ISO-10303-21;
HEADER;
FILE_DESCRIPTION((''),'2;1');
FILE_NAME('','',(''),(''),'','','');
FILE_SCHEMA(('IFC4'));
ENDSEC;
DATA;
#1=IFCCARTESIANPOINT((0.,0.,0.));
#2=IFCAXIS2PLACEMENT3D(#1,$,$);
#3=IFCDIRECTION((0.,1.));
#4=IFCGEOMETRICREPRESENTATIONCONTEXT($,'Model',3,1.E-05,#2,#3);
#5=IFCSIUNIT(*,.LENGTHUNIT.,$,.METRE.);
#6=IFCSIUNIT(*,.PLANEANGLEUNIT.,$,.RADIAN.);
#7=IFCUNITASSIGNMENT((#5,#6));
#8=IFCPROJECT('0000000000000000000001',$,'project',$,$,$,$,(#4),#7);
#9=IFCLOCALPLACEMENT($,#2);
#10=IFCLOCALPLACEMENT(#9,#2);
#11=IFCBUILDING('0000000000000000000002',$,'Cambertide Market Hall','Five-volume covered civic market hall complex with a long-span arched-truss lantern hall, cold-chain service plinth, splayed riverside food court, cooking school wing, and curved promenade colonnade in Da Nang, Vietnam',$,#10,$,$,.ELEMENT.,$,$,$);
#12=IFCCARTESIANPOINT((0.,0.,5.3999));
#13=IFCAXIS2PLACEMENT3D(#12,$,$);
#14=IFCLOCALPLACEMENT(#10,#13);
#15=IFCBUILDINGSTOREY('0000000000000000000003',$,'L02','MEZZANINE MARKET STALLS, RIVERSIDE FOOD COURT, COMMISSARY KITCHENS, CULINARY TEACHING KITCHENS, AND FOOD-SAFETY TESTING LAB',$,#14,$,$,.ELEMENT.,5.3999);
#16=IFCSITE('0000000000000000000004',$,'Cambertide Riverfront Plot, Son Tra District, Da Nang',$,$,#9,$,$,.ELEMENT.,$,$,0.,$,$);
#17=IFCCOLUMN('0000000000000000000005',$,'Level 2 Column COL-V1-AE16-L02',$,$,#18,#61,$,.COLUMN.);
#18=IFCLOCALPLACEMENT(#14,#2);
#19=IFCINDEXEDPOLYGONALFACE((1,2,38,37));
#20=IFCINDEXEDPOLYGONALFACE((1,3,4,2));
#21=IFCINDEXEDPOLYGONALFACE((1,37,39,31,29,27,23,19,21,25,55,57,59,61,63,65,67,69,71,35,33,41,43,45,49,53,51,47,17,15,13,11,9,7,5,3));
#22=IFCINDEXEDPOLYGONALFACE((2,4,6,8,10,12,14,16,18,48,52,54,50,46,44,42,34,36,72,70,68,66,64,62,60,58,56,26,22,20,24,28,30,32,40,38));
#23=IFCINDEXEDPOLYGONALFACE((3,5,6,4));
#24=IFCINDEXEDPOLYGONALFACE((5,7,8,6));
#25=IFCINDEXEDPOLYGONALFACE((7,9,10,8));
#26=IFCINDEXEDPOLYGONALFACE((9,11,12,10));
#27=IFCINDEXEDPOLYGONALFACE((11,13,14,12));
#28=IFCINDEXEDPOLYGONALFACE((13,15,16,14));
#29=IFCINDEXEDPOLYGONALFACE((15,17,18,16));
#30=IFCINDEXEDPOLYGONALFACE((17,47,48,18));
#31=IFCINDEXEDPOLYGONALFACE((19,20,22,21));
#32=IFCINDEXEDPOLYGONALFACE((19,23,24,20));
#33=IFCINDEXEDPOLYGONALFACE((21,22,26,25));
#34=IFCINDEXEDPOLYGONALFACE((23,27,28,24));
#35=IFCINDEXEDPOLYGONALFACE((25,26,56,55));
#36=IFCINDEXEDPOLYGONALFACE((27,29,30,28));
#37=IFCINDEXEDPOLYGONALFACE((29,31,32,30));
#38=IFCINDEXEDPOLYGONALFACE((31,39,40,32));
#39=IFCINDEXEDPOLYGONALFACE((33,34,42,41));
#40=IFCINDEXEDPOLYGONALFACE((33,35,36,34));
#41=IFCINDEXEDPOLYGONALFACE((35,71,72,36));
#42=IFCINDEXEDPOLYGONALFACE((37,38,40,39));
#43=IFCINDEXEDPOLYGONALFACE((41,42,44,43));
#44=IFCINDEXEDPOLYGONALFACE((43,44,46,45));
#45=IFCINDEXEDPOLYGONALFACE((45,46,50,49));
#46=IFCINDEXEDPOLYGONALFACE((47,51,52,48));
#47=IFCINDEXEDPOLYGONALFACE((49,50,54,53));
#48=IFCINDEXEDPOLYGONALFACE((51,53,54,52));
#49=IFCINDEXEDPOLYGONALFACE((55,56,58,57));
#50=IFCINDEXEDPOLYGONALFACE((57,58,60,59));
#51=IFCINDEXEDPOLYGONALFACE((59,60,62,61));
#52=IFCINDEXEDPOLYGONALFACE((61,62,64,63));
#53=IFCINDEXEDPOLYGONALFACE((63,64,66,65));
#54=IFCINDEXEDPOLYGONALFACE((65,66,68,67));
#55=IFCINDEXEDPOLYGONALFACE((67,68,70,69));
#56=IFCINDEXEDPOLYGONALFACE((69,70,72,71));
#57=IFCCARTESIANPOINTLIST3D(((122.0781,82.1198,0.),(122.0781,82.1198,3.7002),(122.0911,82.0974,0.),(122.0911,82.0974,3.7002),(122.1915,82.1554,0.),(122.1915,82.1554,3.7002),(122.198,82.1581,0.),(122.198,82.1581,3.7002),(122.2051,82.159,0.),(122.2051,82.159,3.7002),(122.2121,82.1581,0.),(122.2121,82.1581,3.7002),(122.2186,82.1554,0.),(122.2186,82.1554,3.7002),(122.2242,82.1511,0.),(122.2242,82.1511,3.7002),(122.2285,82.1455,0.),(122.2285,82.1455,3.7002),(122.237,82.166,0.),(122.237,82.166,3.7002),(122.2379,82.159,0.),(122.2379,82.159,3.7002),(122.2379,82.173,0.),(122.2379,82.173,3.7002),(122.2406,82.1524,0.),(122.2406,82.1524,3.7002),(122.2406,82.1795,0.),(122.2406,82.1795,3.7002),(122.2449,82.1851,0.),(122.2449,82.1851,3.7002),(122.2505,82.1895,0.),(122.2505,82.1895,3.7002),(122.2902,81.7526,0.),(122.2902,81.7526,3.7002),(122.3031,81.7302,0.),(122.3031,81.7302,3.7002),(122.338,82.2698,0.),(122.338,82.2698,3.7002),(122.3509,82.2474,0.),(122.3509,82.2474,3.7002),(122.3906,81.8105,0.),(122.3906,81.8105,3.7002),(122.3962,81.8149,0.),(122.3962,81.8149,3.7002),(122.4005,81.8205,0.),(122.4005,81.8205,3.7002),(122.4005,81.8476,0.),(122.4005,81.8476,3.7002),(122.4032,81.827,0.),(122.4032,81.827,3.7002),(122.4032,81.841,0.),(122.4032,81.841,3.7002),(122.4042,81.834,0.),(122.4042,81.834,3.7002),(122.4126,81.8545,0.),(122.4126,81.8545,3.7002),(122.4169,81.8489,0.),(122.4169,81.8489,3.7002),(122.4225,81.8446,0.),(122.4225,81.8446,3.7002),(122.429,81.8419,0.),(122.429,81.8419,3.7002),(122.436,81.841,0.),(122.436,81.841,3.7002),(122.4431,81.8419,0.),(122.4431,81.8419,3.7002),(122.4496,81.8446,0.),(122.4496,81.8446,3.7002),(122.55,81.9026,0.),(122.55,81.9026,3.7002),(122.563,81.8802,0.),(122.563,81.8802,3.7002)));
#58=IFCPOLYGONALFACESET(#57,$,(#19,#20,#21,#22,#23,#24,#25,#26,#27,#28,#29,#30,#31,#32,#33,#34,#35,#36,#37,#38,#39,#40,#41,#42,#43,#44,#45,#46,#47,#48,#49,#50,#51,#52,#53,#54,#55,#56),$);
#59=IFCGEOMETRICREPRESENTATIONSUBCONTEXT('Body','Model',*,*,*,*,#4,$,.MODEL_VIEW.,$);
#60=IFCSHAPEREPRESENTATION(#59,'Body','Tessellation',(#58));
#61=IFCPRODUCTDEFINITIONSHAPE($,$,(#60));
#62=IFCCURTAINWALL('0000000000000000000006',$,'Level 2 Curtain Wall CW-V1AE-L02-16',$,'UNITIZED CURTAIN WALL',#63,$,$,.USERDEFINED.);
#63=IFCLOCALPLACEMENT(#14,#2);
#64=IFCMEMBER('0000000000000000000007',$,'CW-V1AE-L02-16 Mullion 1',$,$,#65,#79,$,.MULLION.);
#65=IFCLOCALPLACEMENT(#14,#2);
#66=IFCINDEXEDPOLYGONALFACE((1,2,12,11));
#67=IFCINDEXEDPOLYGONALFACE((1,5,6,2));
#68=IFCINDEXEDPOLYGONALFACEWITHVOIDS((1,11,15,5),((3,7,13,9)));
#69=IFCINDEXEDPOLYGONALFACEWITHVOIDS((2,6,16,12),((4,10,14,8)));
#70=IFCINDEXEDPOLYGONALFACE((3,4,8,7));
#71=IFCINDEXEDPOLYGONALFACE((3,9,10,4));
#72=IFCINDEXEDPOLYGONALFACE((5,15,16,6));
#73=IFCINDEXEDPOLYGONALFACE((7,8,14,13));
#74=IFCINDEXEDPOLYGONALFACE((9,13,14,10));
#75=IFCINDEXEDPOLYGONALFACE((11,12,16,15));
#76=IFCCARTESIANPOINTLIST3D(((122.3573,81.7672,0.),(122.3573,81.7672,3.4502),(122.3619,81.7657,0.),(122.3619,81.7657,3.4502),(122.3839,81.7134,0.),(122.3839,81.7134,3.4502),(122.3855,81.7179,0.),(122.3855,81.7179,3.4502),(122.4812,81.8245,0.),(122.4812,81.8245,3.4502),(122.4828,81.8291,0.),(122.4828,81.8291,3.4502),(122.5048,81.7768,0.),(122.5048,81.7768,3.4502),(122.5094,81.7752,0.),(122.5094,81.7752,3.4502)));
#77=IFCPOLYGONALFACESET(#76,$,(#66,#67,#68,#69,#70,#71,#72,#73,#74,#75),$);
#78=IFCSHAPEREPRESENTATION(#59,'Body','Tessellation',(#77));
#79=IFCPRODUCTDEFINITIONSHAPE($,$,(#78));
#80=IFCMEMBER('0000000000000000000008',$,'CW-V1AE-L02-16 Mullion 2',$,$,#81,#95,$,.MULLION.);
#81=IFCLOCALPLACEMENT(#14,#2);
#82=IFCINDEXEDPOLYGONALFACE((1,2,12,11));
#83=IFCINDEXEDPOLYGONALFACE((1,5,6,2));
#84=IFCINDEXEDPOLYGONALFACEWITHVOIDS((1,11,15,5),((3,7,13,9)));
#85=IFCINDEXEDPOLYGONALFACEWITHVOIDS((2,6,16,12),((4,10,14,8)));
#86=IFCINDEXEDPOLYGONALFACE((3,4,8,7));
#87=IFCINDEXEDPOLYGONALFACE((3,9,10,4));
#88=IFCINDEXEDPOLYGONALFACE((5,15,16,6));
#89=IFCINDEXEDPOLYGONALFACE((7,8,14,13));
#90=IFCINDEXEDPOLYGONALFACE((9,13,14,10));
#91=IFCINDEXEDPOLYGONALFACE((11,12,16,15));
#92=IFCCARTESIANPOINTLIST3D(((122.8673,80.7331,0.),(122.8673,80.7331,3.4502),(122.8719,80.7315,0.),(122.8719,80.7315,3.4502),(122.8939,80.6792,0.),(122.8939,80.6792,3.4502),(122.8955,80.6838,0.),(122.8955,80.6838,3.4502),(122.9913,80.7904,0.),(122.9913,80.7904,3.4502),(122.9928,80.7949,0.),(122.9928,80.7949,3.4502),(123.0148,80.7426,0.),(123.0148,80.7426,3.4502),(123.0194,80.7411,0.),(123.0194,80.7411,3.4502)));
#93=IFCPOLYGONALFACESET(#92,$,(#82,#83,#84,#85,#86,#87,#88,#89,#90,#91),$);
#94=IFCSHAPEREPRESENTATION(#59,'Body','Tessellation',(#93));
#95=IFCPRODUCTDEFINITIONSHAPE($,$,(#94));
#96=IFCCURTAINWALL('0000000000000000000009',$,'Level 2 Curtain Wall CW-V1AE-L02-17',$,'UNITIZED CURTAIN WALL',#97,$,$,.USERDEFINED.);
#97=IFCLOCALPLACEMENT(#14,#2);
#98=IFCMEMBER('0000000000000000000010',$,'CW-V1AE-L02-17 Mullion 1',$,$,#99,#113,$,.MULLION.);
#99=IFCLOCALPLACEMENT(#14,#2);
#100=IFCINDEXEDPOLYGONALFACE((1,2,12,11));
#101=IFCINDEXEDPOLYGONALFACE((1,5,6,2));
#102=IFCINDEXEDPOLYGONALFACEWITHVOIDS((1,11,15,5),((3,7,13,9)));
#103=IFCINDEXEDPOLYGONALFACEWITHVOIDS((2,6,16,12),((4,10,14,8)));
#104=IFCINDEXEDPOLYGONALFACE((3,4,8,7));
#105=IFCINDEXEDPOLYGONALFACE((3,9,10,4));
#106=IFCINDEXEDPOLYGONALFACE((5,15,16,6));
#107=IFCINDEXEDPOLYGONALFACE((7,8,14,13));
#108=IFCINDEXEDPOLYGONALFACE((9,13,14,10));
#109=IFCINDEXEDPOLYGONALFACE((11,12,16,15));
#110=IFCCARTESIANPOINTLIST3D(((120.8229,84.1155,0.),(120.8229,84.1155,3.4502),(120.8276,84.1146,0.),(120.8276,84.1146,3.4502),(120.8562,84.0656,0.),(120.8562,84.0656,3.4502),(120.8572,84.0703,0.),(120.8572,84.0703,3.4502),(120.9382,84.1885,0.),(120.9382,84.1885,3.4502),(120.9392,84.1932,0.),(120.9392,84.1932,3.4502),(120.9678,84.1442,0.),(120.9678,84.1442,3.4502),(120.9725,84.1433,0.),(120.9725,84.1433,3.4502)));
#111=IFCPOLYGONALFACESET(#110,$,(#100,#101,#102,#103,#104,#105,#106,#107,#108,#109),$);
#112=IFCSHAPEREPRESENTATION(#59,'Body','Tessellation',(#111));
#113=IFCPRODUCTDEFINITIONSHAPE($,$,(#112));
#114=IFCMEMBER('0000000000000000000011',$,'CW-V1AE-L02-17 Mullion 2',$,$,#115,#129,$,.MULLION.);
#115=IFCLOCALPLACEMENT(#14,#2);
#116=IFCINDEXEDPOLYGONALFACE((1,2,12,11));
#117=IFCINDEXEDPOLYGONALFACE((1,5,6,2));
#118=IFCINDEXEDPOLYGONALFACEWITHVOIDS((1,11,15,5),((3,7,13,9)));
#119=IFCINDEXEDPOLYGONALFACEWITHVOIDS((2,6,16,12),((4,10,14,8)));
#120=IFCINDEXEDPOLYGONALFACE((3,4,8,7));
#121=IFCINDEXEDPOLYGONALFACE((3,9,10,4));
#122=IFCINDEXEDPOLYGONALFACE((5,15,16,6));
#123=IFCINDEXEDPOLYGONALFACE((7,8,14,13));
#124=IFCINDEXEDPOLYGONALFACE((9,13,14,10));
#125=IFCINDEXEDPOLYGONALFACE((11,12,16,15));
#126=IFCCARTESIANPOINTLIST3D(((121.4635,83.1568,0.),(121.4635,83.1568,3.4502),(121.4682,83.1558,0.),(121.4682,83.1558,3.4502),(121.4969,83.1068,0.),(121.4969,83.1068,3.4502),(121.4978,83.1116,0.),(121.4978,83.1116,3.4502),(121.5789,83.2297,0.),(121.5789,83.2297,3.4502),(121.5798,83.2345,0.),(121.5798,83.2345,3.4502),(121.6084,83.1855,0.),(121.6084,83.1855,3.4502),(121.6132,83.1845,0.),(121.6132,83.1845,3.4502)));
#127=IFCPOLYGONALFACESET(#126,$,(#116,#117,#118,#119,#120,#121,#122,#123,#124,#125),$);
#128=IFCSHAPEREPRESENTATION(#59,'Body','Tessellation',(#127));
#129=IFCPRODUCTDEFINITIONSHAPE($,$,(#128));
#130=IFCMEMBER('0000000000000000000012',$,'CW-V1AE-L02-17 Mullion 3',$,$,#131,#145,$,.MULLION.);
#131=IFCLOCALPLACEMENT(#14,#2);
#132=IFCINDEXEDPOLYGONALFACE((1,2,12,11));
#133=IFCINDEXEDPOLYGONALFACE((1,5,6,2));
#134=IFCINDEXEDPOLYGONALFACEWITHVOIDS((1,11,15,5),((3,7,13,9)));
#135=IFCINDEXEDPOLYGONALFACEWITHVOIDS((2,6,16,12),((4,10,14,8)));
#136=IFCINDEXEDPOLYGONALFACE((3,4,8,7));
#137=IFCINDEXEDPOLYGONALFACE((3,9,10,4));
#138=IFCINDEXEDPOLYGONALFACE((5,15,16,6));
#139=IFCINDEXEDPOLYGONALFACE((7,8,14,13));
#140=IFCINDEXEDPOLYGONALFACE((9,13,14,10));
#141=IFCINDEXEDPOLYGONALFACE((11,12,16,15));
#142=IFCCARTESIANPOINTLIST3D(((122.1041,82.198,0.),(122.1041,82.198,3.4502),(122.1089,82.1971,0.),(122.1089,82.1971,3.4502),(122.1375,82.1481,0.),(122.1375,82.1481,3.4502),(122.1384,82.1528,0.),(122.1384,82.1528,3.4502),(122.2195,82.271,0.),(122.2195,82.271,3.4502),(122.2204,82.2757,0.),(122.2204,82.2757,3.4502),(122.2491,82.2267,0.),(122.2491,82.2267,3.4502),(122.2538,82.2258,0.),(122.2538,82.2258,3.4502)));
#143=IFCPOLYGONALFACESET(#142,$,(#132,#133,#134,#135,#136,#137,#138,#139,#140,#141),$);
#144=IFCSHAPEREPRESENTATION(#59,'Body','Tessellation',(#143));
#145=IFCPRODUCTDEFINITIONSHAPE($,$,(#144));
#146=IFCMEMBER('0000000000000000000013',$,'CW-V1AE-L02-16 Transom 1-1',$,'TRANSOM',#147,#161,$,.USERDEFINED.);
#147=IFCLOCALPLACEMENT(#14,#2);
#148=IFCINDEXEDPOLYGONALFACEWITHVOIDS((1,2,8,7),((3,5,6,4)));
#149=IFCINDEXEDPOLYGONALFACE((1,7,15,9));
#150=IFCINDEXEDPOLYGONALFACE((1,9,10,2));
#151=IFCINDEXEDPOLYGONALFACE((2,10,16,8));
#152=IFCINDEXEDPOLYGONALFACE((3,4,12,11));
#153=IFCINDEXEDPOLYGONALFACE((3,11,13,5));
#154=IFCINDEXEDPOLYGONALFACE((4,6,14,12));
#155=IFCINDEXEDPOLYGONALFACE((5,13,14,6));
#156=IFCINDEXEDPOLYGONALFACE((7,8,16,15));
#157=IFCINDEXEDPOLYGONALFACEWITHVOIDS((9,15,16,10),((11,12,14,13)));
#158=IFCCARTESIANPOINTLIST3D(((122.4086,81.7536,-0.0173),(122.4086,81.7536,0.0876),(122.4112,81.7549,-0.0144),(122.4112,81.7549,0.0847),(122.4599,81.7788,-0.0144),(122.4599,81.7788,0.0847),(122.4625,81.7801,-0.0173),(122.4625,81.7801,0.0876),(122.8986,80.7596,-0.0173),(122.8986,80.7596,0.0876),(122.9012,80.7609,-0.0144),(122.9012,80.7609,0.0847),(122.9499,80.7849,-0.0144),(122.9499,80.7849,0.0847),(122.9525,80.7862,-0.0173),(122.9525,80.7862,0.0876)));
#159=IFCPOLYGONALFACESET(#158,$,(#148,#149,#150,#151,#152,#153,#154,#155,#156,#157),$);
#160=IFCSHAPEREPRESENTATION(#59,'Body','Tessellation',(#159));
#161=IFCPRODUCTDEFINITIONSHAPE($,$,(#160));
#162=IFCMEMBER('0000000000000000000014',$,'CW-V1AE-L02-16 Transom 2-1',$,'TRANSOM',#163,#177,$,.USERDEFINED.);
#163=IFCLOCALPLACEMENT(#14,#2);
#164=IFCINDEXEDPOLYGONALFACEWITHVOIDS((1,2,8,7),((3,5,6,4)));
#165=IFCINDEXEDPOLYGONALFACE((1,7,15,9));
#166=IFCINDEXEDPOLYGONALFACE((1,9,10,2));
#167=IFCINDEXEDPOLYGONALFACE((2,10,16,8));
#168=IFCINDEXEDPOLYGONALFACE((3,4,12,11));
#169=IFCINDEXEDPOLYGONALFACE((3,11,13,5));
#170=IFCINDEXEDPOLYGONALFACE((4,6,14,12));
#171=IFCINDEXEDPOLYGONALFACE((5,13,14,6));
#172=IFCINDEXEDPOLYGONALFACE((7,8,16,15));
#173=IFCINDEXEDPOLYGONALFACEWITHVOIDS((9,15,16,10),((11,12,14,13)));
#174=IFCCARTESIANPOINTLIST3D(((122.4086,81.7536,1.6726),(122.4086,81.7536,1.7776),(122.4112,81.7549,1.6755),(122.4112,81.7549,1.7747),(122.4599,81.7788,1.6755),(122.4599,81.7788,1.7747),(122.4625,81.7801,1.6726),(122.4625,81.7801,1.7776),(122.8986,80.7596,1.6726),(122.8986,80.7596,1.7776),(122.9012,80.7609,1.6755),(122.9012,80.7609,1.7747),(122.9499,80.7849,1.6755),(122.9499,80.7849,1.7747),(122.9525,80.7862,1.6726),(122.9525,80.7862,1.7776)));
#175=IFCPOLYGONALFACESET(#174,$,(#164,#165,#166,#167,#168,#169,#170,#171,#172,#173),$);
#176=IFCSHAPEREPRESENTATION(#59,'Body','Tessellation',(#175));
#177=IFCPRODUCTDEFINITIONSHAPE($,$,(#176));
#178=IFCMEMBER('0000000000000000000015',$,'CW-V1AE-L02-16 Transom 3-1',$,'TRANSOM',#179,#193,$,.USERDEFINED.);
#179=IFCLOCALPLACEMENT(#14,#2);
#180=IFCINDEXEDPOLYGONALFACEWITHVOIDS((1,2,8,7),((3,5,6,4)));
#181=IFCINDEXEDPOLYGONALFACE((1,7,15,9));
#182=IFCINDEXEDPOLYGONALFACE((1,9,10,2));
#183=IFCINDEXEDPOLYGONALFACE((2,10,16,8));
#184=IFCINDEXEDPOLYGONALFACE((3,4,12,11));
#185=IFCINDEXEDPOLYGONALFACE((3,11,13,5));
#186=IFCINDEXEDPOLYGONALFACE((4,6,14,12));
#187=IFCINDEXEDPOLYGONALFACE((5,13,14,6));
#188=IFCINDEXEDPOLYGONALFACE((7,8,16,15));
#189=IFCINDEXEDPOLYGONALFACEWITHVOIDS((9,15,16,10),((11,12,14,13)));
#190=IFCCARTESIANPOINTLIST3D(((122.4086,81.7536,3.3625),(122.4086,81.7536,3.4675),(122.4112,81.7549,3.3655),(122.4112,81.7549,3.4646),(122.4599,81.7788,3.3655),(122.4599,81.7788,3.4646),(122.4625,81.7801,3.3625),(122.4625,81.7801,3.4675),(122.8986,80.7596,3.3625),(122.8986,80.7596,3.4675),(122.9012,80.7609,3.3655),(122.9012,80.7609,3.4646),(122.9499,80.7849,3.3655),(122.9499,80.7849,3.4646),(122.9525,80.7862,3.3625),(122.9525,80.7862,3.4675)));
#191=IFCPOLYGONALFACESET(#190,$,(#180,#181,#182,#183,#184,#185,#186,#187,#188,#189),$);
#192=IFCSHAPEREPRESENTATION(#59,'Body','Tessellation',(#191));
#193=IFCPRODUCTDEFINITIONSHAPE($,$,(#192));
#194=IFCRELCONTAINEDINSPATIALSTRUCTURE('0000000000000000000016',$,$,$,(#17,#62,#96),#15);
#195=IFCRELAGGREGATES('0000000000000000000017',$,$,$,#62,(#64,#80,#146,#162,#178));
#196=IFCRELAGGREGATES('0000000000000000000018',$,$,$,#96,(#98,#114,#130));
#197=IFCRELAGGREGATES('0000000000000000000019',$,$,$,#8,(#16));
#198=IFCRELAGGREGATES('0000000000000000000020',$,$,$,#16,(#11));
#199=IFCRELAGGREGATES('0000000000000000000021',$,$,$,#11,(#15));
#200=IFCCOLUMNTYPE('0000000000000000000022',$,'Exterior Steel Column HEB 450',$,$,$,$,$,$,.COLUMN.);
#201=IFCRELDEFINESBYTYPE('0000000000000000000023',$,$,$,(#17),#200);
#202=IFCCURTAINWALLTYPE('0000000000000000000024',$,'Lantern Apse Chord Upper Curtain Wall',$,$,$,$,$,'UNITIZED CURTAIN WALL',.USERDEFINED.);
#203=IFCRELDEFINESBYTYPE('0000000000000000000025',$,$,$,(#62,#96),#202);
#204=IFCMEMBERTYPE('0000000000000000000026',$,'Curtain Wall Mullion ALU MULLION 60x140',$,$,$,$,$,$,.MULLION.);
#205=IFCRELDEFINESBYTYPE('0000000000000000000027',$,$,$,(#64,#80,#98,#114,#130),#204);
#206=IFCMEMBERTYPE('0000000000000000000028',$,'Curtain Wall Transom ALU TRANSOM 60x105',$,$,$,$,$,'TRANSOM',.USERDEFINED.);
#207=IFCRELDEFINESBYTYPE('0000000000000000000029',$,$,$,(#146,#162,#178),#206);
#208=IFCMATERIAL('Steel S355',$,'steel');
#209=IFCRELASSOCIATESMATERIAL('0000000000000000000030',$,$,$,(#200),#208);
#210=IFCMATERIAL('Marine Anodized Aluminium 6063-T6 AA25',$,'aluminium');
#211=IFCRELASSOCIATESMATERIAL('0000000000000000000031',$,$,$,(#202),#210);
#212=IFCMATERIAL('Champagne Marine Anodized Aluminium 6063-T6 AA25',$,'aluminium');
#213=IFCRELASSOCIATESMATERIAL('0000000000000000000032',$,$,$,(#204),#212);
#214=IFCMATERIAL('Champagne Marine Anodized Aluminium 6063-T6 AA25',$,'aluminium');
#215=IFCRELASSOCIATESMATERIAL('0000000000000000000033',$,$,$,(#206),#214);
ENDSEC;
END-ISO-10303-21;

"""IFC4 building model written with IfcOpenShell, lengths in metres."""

from ifc_helpers import new_model, si_unit, direction, frame, origin, origin_2d, place, context, subcontext, project, spatial, hollow_rectangle, i_section, extrude, material, material_profile, profile_set, type_object, element, aggregate, save


model = new_model("IFC4")

# Units and contexts
model_context = context("Model", 3, precision=1e-05, world=origin(), true_north=direction((0.0, 1.0)))
body_context = subcontext(model_context, "Body", "Model", "MODEL_VIEW")
ifc_project = project(units=[si_unit("LENGTHUNIT", "METRE"), si_unit("PLANEANGLEUNIT", "RADIAN")], contexts=[model_context])

# Site, building, storey
site_placement = place(None, origin())
site = spatial("IfcSite", under=ifc_project, at=site_placement, Name="Cambertide Riverfront Plot, Son Tra District, Da Nang", CompositionType="ELEMENT", RefElevation=0.0)
building_placement = place(site_placement, origin())
building = spatial("IfcBuilding", under=site, at=building_placement, Name="Cambertide Market Hall", Description="Five-volume covered civic market hall complex with a long-span arched-truss lantern hall, cold-chain service plinth, splayed riverside food court, cooking school wing, and curved promenade colonnade in Da Nang, Vietnam", CompositionType="ELEMENT")
storey_placement = place(building_placement, frame((0.0, 0.0, 5.3999)))
storey = spatial("IfcBuildingStorey", under=building, at=storey_placement, Name="L02", Description="MEZZANINE MARKET STALLS, RIVERSIDE FOOD COURT, COMMISSARY KITCHENS, CULINARY TEACHING KITCHENS, AND FOOD-SAFETY TESTING LAB", CompositionType="ELEMENT", Elevation=5.3999)

# Column
ifc_material_1 = material(Name="Steel S355", Category="steel")
ifc_material_profile_1 = material_profile(ifc_material_1, i_section(OverallWidth=0.3, OverallDepth=0.45, WebThickness=0.0139, FlangeThickness=0.0259, FilletRadius=0.0271, at=origin_2d()), Name="HEB 450")
ifc_profile_set_1 = profile_set([ifc_material_profile_1], Name="Steel S355")
column_type = type_object("IfcColumnType", Name="Exterior Steel Column HEB 450", PredefinedType="COLUMN", material=ifc_profile_set_1)
column_placement = place(storey_placement, frame((122.3206, 82.0, 0.0), z_axis=(0.0, 0.0, 1.0), x_axis=(0.866025, 0.5, 0.0)))
element("IfcColumn", 1, at=column_placement, inside=storey, type_object=column_type, Name="Level 2 Column COL-V1-AE16-L02", PredefinedType="COLUMN", context=body_context, shape_type="SweptSolid", body=[
    extrude(i_section(OverallWidth=0.3, OverallDepth=0.45, WebThickness=0.0139, FlangeThickness=0.0259, FilletRadius=0.0271, at=origin_2d()), origin(), (0.0, 0.0, 1.0), 3.7002),
])

# Curtain walls, members
ifc_material_2 = material(Name="Marine Anodized Aluminium 6063-T6 AA25", Category="aluminium")
curtain_wall_type = type_object("IfcCurtainWallType", Name="Lantern Apse Chord Upper Curtain Wall", ElementType="UNITIZED CURTAIN WALL", PredefinedType="USERDEFINED", material=ifc_material_2)
curtain_wall_1_placement = place(storey_placement, origin())
curtain_wall_1 = element("IfcCurtainWall", 2, at=curtain_wall_1_placement, inside=storey, type_object=curtain_wall_type, Name="Level 2 Curtain Wall CW-V1AE-L02-16", ObjectType="UNITIZED CURTAIN WALL", PredefinedType="USERDEFINED")
ifc_material_3 = material(Name="Champagne Marine Anodized Aluminium 6063-T6 AA25", Category="aluminium")
ifc_material_profile_2 = material_profile(ifc_material_3, hollow_rectangle(XDim=0.0601, YDim=0.1399, WallThickness=0.0034, at=origin_2d()), Name="ALU MULLION 60x140")
ifc_profile_set_2 = profile_set([ifc_material_profile_2], Name="Champagne Marine Anodized Aluminium 6063-T6 AA25")
member_type_1 = type_object("IfcMemberType", Name="Curtain Wall Mullion ALU MULLION 60x140", PredefinedType="MULLION", material=ifc_profile_set_2)
member_1_placement = place(storey_placement, frame((122.4333, 81.7712, 0.0), z_axis=(0.0, 0.0, 1.0), x_axis=(0.442289, -0.896873, 0.0)))
member_1 = element("IfcMember", 3, at=member_1_placement, type_object=member_type_1, Name="CW-V1AE-L02-16 Mullion 1", PredefinedType="MULLION", context=body_context, shape_type="SweptSolid", body=[
    extrude(hollow_rectangle(XDim=0.0601, YDim=0.1399, WallThickness=0.0034, at=origin_2d()), origin(), (0.0, 0.0, 1.0), 3.4502),
])
member_2_placement = place(storey_placement, frame((122.9434, 80.7371, 0.0), z_axis=(0.0, 0.0, 1.0), x_axis=(0.442289, -0.896873, 0.0)))
member_2 = element("IfcMember", 4, at=member_2_placement, type_object=member_type_1, Name="CW-V1AE-L02-16 Mullion 2", PredefinedType="MULLION", context=body_context, shape_type="SweptSolid", body=[
    extrude(hollow_rectangle(XDim=0.0601, YDim=0.1399, WallThickness=0.0034, at=origin_2d()), origin(), (0.0, 0.0, 1.0), 3.4502),
])
curtain_wall_2_placement = place(storey_placement, origin())
curtain_wall_2 = element("IfcCurtainWall", 5, at=curtain_wall_2_placement, inside=storey, type_object=curtain_wall_type, Name="Level 2 Curtain Wall CW-V1AE-L02-17", ObjectType="UNITIZED CURTAIN WALL", PredefinedType="USERDEFINED")
member_3_placement = place(storey_placement, frame((120.8977, 84.1294, 0.0), z_axis=(0.0, 0.0, 1.0), x_axis=(0.55557, -0.83147, 0.0)))
member_3 = element("IfcMember", 6, at=member_3_placement, type_object=member_type_1, Name="CW-V1AE-L02-17 Mullion 1", PredefinedType="MULLION", context=body_context, shape_type="SweptSolid", body=[
    extrude(hollow_rectangle(XDim=0.0601, YDim=0.1399, WallThickness=0.0034, at=origin_2d()), origin(), (0.0, 0.0, 1.0), 3.4502),
])
member_4_placement = place(storey_placement, frame((121.5383, 83.1707, 0.0), z_axis=(0.0, 0.0, 1.0), x_axis=(0.55557, -0.83147, 0.0)))
member_4 = element("IfcMember", 7, at=member_4_placement, type_object=member_type_1, Name="CW-V1AE-L02-17 Mullion 2", PredefinedType="MULLION", context=body_context, shape_type="SweptSolid", body=[
    extrude(hollow_rectangle(XDim=0.0601, YDim=0.1399, WallThickness=0.0034, at=origin_2d()), origin(), (0.0, 0.0, 1.0), 3.4502),
])
member_5_placement = place(storey_placement, frame((122.179, 82.2119, 0.0), z_axis=(0.0, 0.0, 1.0), x_axis=(0.55557, -0.83147, 0.0)))
member_5 = element("IfcMember", 8, at=member_5_placement, type_object=member_type_1, Name="CW-V1AE-L02-17 Mullion 3", PredefinedType="MULLION", context=body_context, shape_type="SweptSolid", body=[
    extrude(hollow_rectangle(XDim=0.0601, YDim=0.1399, WallThickness=0.0034, at=origin_2d()), origin(), (0.0, 0.0, 1.0), 3.4502),
])

# Members
ifc_material_4 = material(Name="Champagne Marine Anodized Aluminium 6063-T6 AA25", Category="aluminium")
ifc_material_profile_3 = material_profile(ifc_material_4, hollow_rectangle(XDim=0.0601, YDim=0.105, WallThickness=0.0029, at=origin_2d()), Name="ALU TRANSOM 60x105")
ifc_profile_set_3 = profile_set([ifc_material_profile_3], Name="Champagne Marine Anodized Aluminium 6063-T6 AA25")
member_type_2 = type_object("IfcMemberType", Name="Curtain Wall Transom ALU TRANSOM 60x105", ElementType="TRANSOM", PredefinedType="USERDEFINED", material=ifc_profile_set_3)
member_6_placement = place(storey_placement, frame((122.4355, 81.7668, 0.0352), z_axis=(0.442183, -0.896925, 0.0), x_axis=(0.896925, 0.442183, 0.0)))
member_6 = element("IfcMember", 9, at=member_6_placement, type_object=member_type_2, Name="CW-V1AE-L02-16 Transom 1-1", ObjectType="TRANSOM", PredefinedType="USERDEFINED", context=body_context, shape_type="SweptSolid", body=[
    extrude(hollow_rectangle(XDim=0.0601, YDim=0.105, WallThickness=0.0029, at=origin_2d()), origin(), (0.0, 0.0, 1.0), 1.1082),
])
member_7_placement = place(storey_placement, frame((122.4355, 81.7668, 1.7251), z_axis=(0.442183, -0.896925, 0.0), x_axis=(0.896925, 0.442183, 0.0)))
member_7 = element("IfcMember", 10, at=member_7_placement, type_object=member_type_2, Name="CW-V1AE-L02-16 Transom 2-1", ObjectType="TRANSOM", PredefinedType="USERDEFINED", context=body_context, shape_type="SweptSolid", body=[
    extrude(hollow_rectangle(XDim=0.0601, YDim=0.105, WallThickness=0.0029, at=origin_2d()), origin(), (0.0, 0.0, 1.0), 1.1082),
])
member_8_placement = place(storey_placement, frame((122.4355, 81.7668, 3.415), z_axis=(0.442183, -0.896925, 0.0), x_axis=(0.896925, 0.442183, 0.0)))
member_8 = element("IfcMember", 11, at=member_8_placement, type_object=member_type_2, Name="CW-V1AE-L02-16 Transom 3-1", ObjectType="TRANSOM", PredefinedType="USERDEFINED", context=body_context, shape_type="SweptSolid", body=[
    extrude(hollow_rectangle(XDim=0.0601, YDim=0.105, WallThickness=0.0029, at=origin_2d()), origin(), (0.0, 0.0, 1.0), 1.1082),
])

aggregate(curtain_wall_1, [member_1, member_2, member_6, member_7, member_8])
aggregate(curtain_wall_2, [member_3, member_4, member_5])

save(model, "model.ifc")
